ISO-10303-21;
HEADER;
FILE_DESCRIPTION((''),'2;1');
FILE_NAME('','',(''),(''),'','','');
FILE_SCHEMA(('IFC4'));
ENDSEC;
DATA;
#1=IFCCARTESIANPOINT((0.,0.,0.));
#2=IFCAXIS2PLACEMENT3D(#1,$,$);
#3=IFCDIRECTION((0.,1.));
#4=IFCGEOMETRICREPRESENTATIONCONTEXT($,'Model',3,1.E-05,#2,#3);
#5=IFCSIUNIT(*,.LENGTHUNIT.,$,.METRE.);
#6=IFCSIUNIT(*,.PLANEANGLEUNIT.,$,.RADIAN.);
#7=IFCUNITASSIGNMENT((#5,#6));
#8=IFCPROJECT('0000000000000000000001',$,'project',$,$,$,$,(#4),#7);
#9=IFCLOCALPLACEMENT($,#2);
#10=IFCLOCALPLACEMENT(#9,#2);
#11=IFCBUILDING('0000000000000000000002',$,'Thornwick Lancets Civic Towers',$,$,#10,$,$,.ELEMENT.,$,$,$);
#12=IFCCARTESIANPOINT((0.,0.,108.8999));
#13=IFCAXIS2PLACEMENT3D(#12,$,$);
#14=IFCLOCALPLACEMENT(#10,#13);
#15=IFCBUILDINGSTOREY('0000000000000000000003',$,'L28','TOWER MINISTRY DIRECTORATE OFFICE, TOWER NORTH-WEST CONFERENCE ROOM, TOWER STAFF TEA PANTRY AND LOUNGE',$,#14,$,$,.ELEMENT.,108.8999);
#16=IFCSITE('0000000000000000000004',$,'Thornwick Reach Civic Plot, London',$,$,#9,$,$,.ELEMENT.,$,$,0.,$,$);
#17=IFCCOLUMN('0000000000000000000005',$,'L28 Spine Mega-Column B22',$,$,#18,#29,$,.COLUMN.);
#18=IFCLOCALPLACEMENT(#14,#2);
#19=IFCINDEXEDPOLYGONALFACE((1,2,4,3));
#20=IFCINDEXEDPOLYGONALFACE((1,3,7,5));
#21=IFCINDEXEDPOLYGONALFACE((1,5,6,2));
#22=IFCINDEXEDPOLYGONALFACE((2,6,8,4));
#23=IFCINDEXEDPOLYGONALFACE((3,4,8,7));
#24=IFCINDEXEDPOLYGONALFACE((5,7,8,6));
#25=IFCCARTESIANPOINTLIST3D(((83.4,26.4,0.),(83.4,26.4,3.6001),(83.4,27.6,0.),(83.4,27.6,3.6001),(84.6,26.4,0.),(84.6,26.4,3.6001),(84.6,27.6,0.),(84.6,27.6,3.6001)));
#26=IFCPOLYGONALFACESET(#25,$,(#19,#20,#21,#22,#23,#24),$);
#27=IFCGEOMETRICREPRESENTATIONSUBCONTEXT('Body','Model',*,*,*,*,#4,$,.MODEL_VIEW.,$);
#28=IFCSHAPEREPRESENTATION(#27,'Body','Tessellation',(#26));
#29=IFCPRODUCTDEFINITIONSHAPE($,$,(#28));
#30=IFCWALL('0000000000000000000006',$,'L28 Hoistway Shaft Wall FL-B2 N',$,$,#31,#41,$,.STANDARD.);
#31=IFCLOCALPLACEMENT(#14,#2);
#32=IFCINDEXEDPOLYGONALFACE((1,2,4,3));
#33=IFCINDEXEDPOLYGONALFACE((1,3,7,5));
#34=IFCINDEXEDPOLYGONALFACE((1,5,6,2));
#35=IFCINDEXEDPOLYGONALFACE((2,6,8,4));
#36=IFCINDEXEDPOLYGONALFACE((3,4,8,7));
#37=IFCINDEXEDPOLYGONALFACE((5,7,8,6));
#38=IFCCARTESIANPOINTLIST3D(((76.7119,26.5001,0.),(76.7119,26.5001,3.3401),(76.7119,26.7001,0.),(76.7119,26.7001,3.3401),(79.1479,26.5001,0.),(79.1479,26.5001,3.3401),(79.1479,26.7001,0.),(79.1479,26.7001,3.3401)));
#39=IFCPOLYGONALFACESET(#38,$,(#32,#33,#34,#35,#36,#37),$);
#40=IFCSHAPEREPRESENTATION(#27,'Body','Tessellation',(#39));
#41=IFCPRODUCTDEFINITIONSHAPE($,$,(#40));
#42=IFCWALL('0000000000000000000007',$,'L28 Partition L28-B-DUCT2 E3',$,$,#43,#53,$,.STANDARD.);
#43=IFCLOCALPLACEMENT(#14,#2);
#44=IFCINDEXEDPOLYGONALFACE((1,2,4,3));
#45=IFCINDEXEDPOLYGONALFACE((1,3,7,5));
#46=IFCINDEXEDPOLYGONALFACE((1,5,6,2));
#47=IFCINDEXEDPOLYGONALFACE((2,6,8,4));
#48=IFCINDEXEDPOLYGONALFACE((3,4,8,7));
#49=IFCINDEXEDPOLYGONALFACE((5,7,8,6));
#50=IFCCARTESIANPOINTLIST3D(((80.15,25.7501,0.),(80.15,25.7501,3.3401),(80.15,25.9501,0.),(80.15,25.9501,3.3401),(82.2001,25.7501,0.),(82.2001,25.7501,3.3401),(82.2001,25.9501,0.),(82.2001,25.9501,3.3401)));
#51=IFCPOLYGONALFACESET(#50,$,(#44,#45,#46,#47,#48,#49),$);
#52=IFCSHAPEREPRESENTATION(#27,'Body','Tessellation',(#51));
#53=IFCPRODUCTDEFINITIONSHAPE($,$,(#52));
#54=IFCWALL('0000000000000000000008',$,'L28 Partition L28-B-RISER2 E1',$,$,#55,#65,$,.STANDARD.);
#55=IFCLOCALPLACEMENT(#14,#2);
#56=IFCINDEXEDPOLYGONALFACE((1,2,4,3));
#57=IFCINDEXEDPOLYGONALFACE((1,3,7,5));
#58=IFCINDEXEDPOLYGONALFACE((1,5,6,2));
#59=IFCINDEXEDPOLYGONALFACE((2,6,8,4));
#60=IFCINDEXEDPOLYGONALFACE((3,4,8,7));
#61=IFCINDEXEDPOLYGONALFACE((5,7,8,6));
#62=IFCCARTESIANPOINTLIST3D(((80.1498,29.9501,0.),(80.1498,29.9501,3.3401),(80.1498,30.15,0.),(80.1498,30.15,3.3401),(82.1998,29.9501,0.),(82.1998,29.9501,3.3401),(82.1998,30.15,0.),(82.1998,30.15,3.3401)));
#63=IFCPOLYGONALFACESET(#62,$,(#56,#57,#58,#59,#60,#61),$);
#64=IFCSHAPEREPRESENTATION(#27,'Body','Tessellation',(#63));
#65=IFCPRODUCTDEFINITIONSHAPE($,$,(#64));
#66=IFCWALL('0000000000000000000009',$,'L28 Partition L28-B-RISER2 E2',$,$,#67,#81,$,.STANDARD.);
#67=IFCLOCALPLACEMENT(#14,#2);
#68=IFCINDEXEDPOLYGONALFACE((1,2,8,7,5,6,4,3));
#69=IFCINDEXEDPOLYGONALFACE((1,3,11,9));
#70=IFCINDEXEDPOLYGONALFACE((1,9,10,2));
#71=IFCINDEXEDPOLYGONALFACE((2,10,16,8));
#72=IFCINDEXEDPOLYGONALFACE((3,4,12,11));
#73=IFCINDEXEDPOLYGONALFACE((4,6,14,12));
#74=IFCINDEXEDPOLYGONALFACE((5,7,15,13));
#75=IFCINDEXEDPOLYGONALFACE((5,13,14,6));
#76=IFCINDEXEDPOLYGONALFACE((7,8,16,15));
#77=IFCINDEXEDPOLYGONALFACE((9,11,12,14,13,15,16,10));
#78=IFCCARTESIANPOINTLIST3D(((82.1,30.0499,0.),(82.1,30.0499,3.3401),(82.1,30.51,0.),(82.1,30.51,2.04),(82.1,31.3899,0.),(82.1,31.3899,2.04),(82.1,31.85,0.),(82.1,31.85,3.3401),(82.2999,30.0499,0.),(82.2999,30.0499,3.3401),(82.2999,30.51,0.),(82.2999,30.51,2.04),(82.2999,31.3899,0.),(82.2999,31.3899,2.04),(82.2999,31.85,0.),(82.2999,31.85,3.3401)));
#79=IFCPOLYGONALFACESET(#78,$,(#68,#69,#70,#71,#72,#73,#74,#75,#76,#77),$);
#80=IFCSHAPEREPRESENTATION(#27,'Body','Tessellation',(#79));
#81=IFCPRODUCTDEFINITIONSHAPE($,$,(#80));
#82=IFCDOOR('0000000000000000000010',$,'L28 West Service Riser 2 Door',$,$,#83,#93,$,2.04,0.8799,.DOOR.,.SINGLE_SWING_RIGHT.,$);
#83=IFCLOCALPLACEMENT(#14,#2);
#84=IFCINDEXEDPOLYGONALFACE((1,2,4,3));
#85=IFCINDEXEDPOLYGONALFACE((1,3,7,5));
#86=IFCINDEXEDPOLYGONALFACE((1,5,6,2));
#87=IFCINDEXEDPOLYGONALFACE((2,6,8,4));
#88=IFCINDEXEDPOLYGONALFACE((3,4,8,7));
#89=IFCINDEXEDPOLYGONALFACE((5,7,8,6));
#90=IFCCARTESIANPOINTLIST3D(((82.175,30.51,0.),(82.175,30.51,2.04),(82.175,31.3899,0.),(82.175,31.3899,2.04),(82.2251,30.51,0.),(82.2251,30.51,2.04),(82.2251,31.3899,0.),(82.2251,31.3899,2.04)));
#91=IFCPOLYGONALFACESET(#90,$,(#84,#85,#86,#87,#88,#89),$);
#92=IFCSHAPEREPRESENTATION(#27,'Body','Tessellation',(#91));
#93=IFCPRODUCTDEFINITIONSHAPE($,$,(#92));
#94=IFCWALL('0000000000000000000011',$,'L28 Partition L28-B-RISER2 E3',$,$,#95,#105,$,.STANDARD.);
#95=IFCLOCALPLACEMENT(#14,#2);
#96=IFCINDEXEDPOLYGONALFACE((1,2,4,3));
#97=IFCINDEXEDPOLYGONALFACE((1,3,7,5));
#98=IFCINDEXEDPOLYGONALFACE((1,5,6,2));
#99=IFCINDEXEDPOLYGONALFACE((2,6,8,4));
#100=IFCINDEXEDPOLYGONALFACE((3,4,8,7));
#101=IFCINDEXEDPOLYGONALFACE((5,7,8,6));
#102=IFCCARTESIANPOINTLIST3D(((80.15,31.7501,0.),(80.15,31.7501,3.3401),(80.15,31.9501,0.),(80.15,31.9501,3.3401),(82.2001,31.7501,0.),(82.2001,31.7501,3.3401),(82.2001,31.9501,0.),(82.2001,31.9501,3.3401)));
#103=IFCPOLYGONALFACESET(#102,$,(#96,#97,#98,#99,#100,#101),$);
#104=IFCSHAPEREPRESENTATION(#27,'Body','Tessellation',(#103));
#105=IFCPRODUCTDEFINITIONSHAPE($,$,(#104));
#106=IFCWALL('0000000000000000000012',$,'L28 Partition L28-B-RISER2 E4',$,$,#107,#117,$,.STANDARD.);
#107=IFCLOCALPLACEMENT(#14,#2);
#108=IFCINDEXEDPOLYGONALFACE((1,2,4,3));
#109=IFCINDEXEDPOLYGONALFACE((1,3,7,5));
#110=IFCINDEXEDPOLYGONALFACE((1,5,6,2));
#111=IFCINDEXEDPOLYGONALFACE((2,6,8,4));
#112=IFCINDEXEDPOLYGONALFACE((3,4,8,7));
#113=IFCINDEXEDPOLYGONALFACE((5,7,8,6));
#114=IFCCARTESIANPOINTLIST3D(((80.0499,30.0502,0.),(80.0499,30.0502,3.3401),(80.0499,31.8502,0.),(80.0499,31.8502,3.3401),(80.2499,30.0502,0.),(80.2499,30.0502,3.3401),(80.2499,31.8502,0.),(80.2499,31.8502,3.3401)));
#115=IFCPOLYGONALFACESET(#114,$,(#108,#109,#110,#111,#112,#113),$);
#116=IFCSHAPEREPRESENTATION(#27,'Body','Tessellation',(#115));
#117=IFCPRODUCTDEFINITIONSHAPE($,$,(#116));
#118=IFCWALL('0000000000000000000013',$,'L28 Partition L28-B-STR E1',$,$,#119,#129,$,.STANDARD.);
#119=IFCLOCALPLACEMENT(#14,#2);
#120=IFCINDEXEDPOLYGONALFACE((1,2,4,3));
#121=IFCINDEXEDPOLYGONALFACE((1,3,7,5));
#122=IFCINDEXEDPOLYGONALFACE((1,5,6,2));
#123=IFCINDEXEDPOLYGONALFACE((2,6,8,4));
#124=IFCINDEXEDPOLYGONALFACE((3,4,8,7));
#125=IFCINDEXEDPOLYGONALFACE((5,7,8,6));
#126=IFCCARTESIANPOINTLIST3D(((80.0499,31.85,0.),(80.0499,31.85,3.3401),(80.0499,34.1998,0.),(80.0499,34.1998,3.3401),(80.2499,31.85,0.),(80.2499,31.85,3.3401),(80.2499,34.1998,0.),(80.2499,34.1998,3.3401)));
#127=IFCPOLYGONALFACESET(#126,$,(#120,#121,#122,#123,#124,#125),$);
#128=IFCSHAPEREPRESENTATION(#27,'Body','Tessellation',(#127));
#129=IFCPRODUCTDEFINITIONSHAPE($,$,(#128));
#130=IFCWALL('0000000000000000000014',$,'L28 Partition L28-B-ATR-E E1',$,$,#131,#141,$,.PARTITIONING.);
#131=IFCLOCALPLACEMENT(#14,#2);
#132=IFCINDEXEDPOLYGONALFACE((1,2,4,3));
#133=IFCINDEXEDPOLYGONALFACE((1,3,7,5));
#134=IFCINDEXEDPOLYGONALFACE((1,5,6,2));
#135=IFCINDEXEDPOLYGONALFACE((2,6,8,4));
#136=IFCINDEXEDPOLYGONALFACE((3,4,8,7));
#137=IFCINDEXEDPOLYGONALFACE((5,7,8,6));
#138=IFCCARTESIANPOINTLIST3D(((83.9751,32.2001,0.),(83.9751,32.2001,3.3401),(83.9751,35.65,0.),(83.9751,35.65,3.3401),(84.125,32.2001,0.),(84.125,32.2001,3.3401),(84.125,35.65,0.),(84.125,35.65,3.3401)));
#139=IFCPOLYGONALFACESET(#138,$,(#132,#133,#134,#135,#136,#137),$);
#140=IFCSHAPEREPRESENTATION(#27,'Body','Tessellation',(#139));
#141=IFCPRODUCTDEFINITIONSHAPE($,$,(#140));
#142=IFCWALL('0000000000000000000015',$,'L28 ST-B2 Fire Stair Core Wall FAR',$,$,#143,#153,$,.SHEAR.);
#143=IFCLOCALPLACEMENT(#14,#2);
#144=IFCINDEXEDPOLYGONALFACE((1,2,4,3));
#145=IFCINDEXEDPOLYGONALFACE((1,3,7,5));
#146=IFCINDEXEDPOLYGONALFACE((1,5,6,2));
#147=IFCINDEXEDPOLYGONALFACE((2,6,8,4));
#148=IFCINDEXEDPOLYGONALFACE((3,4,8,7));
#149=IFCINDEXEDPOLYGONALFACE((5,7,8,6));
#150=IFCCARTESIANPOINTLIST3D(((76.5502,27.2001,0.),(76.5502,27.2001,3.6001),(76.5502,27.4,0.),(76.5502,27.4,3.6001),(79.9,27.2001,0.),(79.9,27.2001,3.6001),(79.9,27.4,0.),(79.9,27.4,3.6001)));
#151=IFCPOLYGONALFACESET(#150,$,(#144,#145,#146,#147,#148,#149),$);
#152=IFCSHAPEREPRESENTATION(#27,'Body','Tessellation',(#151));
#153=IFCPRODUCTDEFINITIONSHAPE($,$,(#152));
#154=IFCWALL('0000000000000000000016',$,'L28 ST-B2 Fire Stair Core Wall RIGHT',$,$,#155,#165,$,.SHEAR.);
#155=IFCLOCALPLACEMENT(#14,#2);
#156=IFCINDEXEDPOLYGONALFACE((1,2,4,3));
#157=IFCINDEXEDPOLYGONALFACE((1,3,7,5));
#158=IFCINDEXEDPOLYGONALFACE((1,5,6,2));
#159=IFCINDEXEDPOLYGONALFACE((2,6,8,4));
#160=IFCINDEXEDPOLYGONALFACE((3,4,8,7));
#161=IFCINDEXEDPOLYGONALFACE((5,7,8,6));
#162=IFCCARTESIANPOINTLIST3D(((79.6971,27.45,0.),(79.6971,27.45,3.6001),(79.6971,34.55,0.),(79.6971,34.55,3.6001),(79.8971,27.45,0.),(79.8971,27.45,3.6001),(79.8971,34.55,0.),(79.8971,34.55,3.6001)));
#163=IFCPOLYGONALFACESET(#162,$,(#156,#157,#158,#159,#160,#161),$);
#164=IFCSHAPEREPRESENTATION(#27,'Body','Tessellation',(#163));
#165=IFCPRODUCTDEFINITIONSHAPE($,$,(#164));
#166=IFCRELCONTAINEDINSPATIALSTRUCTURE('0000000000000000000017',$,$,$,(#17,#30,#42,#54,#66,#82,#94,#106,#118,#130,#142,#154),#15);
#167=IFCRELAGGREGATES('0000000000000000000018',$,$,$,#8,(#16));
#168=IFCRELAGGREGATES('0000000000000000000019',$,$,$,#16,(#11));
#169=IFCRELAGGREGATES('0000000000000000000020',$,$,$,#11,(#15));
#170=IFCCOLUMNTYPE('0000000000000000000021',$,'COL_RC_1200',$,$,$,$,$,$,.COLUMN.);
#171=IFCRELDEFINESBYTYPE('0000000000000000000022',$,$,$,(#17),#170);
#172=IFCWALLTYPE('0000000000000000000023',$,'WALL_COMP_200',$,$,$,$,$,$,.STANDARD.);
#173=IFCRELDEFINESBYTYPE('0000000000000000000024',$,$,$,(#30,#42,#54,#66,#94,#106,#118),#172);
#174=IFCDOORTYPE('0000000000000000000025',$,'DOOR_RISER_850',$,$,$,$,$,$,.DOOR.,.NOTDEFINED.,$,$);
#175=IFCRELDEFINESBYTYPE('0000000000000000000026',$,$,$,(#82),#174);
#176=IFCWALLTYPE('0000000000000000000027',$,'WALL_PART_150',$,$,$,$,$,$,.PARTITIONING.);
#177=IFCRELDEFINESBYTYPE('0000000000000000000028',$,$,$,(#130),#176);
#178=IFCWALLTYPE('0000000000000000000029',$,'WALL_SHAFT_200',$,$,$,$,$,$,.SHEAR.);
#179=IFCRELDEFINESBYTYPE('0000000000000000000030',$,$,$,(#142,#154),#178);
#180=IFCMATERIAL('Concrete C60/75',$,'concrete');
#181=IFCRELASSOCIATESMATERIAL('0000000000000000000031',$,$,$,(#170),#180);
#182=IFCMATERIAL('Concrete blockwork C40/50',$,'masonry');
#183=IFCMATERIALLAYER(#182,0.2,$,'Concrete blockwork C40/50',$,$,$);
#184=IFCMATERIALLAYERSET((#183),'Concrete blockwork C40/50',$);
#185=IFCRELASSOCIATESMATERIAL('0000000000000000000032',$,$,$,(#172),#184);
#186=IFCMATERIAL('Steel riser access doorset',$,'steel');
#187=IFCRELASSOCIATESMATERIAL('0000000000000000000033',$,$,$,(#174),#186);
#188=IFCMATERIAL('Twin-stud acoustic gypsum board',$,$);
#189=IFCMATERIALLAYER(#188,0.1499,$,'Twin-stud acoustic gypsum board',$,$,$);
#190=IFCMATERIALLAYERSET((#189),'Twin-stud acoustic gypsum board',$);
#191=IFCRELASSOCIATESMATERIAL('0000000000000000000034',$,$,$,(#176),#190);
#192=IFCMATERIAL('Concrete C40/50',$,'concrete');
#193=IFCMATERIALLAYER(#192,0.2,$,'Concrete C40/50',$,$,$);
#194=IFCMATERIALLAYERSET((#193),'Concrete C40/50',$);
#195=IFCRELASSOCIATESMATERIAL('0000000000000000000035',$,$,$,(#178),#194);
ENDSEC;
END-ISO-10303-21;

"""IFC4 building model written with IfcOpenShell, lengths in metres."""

from ifc_helpers import new_model, si_unit, direction, frame, frame_2d, origin, origin_2d, place, context, subcontext, project, spatial, rectangle, extrude, material, layer, layer_set, material_profile, profile_set, type_object, element, fill, save


model = new_model("IFC4")

# Units and contexts
model_context = context("Model", 3, precision=1e-05, world=origin(), true_north=direction((0.0, 1.0)))
body_context = subcontext(model_context, "Body", "Model", "MODEL_VIEW")
ifc_project = project(units=[si_unit("LENGTHUNIT", "METRE"), si_unit("PLANEANGLEUNIT", "RADIAN")], contexts=[model_context])

# Site, building, storey
site_placement = place(None, origin())
site = spatial("IfcSite", under=ifc_project, at=site_placement, Name="Thornwick Reach Civic Plot, London", CompositionType="ELEMENT", RefElevation=0.0)
building_placement = place(site_placement, origin())
building = spatial("IfcBuilding", under=site, at=building_placement, Name="Thornwick Lancets Civic Towers", CompositionType="ELEMENT")
storey_placement = place(building_placement, frame((0.0, 0.0, 108.8999)))
storey = spatial("IfcBuildingStorey", under=building, at=storey_placement, Name="L28", Description="TOWER MINISTRY DIRECTORATE OFFICE, TOWER NORTH-WEST CONFERENCE ROOM, TOWER STAFF TEA PANTRY AND LOUNGE", CompositionType="ELEMENT", Elevation=108.8999)

# Column
ifc_material_1 = material(Name="Concrete C60/75", Category="concrete")
ifc_material_profile = material_profile(ifc_material_1, rectangle(XDim=1.2, YDim=1.2, at=origin_2d()), Name="RC 1200x1200")
ifc_profile_set = profile_set([ifc_material_profile], Name="Concrete C60/75")
column_type = type_object("IfcColumnType", Name="COL_RC_1200", PredefinedType="COLUMN", material=ifc_profile_set)
column_placement = place(storey_placement, frame((84.0, 27.0, 0.0), z_axis=(0.0, 0.0, 1.0), x_axis=(1.0, 0.0, 0.0)))
element("IfcColumn", 1, at=column_placement, inside=storey, type_object=column_type, Name="L28 Spine Mega-Column B22", PredefinedType="COLUMN", context=body_context, shape_type="SweptSolid", body=[
    extrude(rectangle(XDim=1.2, YDim=1.2, at=origin_2d()), origin(), (0.0, 0.0, 1.0), 3.6001),
])

# Walls
ifc_material_2 = material(Name="Concrete blockwork C40/50", Category="masonry")
ifc_layer_1 = layer(ifc_material_2, 0.2, Name="Concrete blockwork C40/50")
ifc_layer_set_1 = layer_set([ifc_layer_1], Name="Concrete blockwork C40/50")
wall_type_1 = type_object("IfcWallType", Name="WALL_COMP_200", PredefinedType="STANDARD", material=ifc_layer_set_1)
wall_1_placement = place(storey_placement, frame((76.7119, 26.6001, 0.0), z_axis=(0.0, 0.0, 1.0), x_axis=(1.0, 0.0, 0.0)))
element("IfcWall", 2, at=wall_1_placement, inside=storey, type_object=wall_type_1, Name="L28 Hoistway Shaft Wall FL-B2 N", PredefinedType="STANDARD", context=body_context, shape_type="SweptSolid", body=[
    extrude(rectangle(XDim=2.436, YDim=0.2, at=frame_2d((1.218, 0.0))), origin(), (0.0, 0.0, 1.0), 3.3401),
])
for number, where, z_axis, x_axis, name in (
    (3, (82.2, 25.8501, 0.0), (0.0, 0.0, 1.0), (-1.0, 0.0, 0.0), "L28 Partition L28-B-DUCT2 E3"),
    (4, (80.1499, 30.05, 0.0), (0.0, 0.0, 1.0), (1.0, 0.0, 0.0), "L28 Partition L28-B-RISER2 E1"),
):
    element("IfcWall", number, at=place(storey_placement, frame(where, z_axis=z_axis, x_axis=x_axis)), inside=storey, type_object=wall_type_1, Name=name, PredefinedType="STANDARD", context=body_context, shape_type="SweptSolid", body=[
        extrude(rectangle(XDim=2.05, YDim=0.2, at=frame_2d((1.0249, 0.0))), origin(), (0.0, 0.0, 1.0), 3.3401),
    ])

# Wall, opening, door
wall_2_placement = place(storey_placement, frame((82.2, 30.05, 0.0), z_axis=(0.0, 0.0, 1.0), x_axis=(0.0, 1.0, 0.0)))
wall_2 = element("IfcWall", 5, at=wall_2_placement, inside=storey, type_object=wall_type_1, Name="L28 Partition L28-B-RISER2 E2", PredefinedType="STANDARD", context=body_context, shape_type="SweptSolid", body=[
    extrude(rectangle(XDim=1.8, YDim=0.2, at=frame_2d((0.8999, 0.0))), origin(), (0.0, 0.0, 1.0), 3.3401),
])
opening_placement = place(wall_2_placement, frame((0.46, 0.0, 0.0)))
opening = element("IfcOpeningElement", 6, at=opening_placement, cuts=wall_2, PredefinedType="OPENING", context=body_context, shape_type="SweptSolid", body=[
    extrude(rectangle(XDim=0.8799, YDim=2.04, at=frame_2d((0.4399, 1.02))), frame((0.0, 0.1099, 0.0), z_axis=(0.0, -1.0, 0.0), x_axis=(1.0, 0.0, 0.0)), (0.0, 0.0, 1.0), 0.22),
])
ifc_material_3 = material(Name="Steel riser access doorset", Category="steel")
door_type = type_object("IfcDoorType", Name="DOOR_RISER_850", OperationType="NOTDEFINED", PredefinedType="DOOR", material=ifc_material_3)
door_placement = place(opening_placement, origin())
door = element("IfcDoor", 7, at=door_placement, inside=storey, type_object=door_type, Name="L28 West Service Riser 2 Door", OperationType="SINGLE_SWING_RIGHT", OverallHeight=2.04, OverallWidth=0.8799, PredefinedType="DOOR", context=body_context, shape_type="SweptSolid", body=[
    extrude(rectangle(XDim=0.8799, YDim=2.04, at=frame_2d((0.4399, 1.02))), frame((0.0, 0.0249, 0.0), z_axis=(0.0, -1.0, 0.0), x_axis=(1.0, 0.0, 0.0)), (0.0, 0.0, 1.0), 0.05),
])
fill(opening, door)

# Walls
wall_3_placement = place(storey_placement, frame((82.2, 31.8501, 0.0), z_axis=(0.0, 0.0, 1.0), x_axis=(-1.0, 0.0, 0.0)))
element("IfcWall", 8, at=wall_3_placement, inside=storey, type_object=wall_type_1, Name="L28 Partition L28-B-RISER2 E3", PredefinedType="STANDARD", context=body_context, shape_type="SweptSolid", body=[
    extrude(rectangle(XDim=2.05, YDim=0.2, at=frame_2d((1.0249, 0.0))), origin(), (0.0, 0.0, 1.0), 3.3401),
])
wall_4_placement = place(storey_placement, frame((80.1499, 31.8501, 0.0), z_axis=(0.0, 0.0, 1.0), x_axis=(0.0, -1.0, 0.0)))
element("IfcWall", 9, at=wall_4_placement, inside=storey, type_object=wall_type_1, Name="L28 Partition L28-B-RISER2 E4", PredefinedType="STANDARD", context=body_context, shape_type="SweptSolid", body=[
    extrude(rectangle(XDim=1.8, YDim=0.2, at=frame_2d((0.8999, 0.0))), origin(), (0.0, 0.0, 1.0), 3.3401),
])
wall_5_placement = place(storey_placement, frame((80.1499, 31.8501, 0.0), z_axis=(0.0, 0.0, 1.0), x_axis=(0.0, 1.0, 0.0)))
element("IfcWall", 10, at=wall_5_placement, inside=storey, type_object=wall_type_1, Name="L28 Partition L28-B-STR E1", PredefinedType="STANDARD", context=body_context, shape_type="SweptSolid", body=[
    extrude(rectangle(XDim=2.3499, YDim=0.2, at=frame_2d((1.1748, 0.0))), origin(), (0.0, 0.0, 1.0), 3.3401),
])
ifc_material_4 = material(Name="Twin-stud acoustic gypsum board")
ifc_layer_2 = layer(ifc_material_4, 0.1499, Name="Twin-stud acoustic gypsum board")
ifc_layer_set_2 = layer_set([ifc_layer_2], Name="Twin-stud acoustic gypsum board")
wall_type_2 = type_object("IfcWallType", Name="WALL_PART_150", PredefinedType="PARTITIONING", material=ifc_layer_set_2)
wall_6_placement = place(storey_placement, frame((84.05, 32.2, 0.0), z_axis=(0.0, 0.0, 1.0), x_axis=(0.0, 1.0, 0.0)))
element("IfcWall", 11, at=wall_6_placement, inside=storey, type_object=wall_type_2, Name="L28 Partition L28-B-ATR-E E1", PredefinedType="PARTITIONING", context=body_context, shape_type="SweptSolid", body=[
    extrude(rectangle(XDim=3.45, YDim=0.1499, at=frame_2d((1.7251, 0.0))), origin(), (0.0, 0.0, 1.0), 3.3401),
])
ifc_material_5 = material(Name="Concrete C40/50", Category="concrete")
ifc_layer_3 = layer(ifc_material_5, 0.2, Name="Concrete C40/50")
ifc_layer_set_3 = layer_set([ifc_layer_3], Name="Concrete C40/50")
wall_type_3 = type_object("IfcWallType", Name="WALL_SHAFT_200", PredefinedType="SHEAR", material=ifc_layer_set_3)
wall_7_placement = place(storey_placement, frame((79.8999, 27.3, 0.0), z_axis=(0.0, 0.0, 1.0), x_axis=(-1.0, 0.0, 0.0)))
element("IfcWall", 12, at=wall_7_placement, inside=storey, type_object=wall_type_3, Name="L28 ST-B2 Fire Stair Core Wall FAR", PredefinedType="SHEAR", context=body_context, shape_type="SweptSolid", body=[
    extrude(rectangle(XDim=3.3499, YDim=0.2, at=frame_2d((1.6748, 0.0))), origin(), (0.0, 0.0, 1.0), 3.6001),
])
wall_8_placement = place(storey_placement, frame((79.7971, 27.45, 0.0), z_axis=(0.0, 0.0, 1.0), x_axis=(0.0, 1.0, 0.0)))
element("IfcWall", 13, at=wall_8_placement, inside=storey, type_object=wall_type_3, Name="L28 ST-B2 Fire Stair Core Wall RIGHT", PredefinedType="SHEAR", context=body_context, shape_type="SweptSolid", body=[
    extrude(rectangle(XDim=7.1001, YDim=0.2, at=frame_2d((3.55, 0.0))), origin(), (0.0, 0.0, 1.0), 3.6001),
])

save(model, "model.ifc")
